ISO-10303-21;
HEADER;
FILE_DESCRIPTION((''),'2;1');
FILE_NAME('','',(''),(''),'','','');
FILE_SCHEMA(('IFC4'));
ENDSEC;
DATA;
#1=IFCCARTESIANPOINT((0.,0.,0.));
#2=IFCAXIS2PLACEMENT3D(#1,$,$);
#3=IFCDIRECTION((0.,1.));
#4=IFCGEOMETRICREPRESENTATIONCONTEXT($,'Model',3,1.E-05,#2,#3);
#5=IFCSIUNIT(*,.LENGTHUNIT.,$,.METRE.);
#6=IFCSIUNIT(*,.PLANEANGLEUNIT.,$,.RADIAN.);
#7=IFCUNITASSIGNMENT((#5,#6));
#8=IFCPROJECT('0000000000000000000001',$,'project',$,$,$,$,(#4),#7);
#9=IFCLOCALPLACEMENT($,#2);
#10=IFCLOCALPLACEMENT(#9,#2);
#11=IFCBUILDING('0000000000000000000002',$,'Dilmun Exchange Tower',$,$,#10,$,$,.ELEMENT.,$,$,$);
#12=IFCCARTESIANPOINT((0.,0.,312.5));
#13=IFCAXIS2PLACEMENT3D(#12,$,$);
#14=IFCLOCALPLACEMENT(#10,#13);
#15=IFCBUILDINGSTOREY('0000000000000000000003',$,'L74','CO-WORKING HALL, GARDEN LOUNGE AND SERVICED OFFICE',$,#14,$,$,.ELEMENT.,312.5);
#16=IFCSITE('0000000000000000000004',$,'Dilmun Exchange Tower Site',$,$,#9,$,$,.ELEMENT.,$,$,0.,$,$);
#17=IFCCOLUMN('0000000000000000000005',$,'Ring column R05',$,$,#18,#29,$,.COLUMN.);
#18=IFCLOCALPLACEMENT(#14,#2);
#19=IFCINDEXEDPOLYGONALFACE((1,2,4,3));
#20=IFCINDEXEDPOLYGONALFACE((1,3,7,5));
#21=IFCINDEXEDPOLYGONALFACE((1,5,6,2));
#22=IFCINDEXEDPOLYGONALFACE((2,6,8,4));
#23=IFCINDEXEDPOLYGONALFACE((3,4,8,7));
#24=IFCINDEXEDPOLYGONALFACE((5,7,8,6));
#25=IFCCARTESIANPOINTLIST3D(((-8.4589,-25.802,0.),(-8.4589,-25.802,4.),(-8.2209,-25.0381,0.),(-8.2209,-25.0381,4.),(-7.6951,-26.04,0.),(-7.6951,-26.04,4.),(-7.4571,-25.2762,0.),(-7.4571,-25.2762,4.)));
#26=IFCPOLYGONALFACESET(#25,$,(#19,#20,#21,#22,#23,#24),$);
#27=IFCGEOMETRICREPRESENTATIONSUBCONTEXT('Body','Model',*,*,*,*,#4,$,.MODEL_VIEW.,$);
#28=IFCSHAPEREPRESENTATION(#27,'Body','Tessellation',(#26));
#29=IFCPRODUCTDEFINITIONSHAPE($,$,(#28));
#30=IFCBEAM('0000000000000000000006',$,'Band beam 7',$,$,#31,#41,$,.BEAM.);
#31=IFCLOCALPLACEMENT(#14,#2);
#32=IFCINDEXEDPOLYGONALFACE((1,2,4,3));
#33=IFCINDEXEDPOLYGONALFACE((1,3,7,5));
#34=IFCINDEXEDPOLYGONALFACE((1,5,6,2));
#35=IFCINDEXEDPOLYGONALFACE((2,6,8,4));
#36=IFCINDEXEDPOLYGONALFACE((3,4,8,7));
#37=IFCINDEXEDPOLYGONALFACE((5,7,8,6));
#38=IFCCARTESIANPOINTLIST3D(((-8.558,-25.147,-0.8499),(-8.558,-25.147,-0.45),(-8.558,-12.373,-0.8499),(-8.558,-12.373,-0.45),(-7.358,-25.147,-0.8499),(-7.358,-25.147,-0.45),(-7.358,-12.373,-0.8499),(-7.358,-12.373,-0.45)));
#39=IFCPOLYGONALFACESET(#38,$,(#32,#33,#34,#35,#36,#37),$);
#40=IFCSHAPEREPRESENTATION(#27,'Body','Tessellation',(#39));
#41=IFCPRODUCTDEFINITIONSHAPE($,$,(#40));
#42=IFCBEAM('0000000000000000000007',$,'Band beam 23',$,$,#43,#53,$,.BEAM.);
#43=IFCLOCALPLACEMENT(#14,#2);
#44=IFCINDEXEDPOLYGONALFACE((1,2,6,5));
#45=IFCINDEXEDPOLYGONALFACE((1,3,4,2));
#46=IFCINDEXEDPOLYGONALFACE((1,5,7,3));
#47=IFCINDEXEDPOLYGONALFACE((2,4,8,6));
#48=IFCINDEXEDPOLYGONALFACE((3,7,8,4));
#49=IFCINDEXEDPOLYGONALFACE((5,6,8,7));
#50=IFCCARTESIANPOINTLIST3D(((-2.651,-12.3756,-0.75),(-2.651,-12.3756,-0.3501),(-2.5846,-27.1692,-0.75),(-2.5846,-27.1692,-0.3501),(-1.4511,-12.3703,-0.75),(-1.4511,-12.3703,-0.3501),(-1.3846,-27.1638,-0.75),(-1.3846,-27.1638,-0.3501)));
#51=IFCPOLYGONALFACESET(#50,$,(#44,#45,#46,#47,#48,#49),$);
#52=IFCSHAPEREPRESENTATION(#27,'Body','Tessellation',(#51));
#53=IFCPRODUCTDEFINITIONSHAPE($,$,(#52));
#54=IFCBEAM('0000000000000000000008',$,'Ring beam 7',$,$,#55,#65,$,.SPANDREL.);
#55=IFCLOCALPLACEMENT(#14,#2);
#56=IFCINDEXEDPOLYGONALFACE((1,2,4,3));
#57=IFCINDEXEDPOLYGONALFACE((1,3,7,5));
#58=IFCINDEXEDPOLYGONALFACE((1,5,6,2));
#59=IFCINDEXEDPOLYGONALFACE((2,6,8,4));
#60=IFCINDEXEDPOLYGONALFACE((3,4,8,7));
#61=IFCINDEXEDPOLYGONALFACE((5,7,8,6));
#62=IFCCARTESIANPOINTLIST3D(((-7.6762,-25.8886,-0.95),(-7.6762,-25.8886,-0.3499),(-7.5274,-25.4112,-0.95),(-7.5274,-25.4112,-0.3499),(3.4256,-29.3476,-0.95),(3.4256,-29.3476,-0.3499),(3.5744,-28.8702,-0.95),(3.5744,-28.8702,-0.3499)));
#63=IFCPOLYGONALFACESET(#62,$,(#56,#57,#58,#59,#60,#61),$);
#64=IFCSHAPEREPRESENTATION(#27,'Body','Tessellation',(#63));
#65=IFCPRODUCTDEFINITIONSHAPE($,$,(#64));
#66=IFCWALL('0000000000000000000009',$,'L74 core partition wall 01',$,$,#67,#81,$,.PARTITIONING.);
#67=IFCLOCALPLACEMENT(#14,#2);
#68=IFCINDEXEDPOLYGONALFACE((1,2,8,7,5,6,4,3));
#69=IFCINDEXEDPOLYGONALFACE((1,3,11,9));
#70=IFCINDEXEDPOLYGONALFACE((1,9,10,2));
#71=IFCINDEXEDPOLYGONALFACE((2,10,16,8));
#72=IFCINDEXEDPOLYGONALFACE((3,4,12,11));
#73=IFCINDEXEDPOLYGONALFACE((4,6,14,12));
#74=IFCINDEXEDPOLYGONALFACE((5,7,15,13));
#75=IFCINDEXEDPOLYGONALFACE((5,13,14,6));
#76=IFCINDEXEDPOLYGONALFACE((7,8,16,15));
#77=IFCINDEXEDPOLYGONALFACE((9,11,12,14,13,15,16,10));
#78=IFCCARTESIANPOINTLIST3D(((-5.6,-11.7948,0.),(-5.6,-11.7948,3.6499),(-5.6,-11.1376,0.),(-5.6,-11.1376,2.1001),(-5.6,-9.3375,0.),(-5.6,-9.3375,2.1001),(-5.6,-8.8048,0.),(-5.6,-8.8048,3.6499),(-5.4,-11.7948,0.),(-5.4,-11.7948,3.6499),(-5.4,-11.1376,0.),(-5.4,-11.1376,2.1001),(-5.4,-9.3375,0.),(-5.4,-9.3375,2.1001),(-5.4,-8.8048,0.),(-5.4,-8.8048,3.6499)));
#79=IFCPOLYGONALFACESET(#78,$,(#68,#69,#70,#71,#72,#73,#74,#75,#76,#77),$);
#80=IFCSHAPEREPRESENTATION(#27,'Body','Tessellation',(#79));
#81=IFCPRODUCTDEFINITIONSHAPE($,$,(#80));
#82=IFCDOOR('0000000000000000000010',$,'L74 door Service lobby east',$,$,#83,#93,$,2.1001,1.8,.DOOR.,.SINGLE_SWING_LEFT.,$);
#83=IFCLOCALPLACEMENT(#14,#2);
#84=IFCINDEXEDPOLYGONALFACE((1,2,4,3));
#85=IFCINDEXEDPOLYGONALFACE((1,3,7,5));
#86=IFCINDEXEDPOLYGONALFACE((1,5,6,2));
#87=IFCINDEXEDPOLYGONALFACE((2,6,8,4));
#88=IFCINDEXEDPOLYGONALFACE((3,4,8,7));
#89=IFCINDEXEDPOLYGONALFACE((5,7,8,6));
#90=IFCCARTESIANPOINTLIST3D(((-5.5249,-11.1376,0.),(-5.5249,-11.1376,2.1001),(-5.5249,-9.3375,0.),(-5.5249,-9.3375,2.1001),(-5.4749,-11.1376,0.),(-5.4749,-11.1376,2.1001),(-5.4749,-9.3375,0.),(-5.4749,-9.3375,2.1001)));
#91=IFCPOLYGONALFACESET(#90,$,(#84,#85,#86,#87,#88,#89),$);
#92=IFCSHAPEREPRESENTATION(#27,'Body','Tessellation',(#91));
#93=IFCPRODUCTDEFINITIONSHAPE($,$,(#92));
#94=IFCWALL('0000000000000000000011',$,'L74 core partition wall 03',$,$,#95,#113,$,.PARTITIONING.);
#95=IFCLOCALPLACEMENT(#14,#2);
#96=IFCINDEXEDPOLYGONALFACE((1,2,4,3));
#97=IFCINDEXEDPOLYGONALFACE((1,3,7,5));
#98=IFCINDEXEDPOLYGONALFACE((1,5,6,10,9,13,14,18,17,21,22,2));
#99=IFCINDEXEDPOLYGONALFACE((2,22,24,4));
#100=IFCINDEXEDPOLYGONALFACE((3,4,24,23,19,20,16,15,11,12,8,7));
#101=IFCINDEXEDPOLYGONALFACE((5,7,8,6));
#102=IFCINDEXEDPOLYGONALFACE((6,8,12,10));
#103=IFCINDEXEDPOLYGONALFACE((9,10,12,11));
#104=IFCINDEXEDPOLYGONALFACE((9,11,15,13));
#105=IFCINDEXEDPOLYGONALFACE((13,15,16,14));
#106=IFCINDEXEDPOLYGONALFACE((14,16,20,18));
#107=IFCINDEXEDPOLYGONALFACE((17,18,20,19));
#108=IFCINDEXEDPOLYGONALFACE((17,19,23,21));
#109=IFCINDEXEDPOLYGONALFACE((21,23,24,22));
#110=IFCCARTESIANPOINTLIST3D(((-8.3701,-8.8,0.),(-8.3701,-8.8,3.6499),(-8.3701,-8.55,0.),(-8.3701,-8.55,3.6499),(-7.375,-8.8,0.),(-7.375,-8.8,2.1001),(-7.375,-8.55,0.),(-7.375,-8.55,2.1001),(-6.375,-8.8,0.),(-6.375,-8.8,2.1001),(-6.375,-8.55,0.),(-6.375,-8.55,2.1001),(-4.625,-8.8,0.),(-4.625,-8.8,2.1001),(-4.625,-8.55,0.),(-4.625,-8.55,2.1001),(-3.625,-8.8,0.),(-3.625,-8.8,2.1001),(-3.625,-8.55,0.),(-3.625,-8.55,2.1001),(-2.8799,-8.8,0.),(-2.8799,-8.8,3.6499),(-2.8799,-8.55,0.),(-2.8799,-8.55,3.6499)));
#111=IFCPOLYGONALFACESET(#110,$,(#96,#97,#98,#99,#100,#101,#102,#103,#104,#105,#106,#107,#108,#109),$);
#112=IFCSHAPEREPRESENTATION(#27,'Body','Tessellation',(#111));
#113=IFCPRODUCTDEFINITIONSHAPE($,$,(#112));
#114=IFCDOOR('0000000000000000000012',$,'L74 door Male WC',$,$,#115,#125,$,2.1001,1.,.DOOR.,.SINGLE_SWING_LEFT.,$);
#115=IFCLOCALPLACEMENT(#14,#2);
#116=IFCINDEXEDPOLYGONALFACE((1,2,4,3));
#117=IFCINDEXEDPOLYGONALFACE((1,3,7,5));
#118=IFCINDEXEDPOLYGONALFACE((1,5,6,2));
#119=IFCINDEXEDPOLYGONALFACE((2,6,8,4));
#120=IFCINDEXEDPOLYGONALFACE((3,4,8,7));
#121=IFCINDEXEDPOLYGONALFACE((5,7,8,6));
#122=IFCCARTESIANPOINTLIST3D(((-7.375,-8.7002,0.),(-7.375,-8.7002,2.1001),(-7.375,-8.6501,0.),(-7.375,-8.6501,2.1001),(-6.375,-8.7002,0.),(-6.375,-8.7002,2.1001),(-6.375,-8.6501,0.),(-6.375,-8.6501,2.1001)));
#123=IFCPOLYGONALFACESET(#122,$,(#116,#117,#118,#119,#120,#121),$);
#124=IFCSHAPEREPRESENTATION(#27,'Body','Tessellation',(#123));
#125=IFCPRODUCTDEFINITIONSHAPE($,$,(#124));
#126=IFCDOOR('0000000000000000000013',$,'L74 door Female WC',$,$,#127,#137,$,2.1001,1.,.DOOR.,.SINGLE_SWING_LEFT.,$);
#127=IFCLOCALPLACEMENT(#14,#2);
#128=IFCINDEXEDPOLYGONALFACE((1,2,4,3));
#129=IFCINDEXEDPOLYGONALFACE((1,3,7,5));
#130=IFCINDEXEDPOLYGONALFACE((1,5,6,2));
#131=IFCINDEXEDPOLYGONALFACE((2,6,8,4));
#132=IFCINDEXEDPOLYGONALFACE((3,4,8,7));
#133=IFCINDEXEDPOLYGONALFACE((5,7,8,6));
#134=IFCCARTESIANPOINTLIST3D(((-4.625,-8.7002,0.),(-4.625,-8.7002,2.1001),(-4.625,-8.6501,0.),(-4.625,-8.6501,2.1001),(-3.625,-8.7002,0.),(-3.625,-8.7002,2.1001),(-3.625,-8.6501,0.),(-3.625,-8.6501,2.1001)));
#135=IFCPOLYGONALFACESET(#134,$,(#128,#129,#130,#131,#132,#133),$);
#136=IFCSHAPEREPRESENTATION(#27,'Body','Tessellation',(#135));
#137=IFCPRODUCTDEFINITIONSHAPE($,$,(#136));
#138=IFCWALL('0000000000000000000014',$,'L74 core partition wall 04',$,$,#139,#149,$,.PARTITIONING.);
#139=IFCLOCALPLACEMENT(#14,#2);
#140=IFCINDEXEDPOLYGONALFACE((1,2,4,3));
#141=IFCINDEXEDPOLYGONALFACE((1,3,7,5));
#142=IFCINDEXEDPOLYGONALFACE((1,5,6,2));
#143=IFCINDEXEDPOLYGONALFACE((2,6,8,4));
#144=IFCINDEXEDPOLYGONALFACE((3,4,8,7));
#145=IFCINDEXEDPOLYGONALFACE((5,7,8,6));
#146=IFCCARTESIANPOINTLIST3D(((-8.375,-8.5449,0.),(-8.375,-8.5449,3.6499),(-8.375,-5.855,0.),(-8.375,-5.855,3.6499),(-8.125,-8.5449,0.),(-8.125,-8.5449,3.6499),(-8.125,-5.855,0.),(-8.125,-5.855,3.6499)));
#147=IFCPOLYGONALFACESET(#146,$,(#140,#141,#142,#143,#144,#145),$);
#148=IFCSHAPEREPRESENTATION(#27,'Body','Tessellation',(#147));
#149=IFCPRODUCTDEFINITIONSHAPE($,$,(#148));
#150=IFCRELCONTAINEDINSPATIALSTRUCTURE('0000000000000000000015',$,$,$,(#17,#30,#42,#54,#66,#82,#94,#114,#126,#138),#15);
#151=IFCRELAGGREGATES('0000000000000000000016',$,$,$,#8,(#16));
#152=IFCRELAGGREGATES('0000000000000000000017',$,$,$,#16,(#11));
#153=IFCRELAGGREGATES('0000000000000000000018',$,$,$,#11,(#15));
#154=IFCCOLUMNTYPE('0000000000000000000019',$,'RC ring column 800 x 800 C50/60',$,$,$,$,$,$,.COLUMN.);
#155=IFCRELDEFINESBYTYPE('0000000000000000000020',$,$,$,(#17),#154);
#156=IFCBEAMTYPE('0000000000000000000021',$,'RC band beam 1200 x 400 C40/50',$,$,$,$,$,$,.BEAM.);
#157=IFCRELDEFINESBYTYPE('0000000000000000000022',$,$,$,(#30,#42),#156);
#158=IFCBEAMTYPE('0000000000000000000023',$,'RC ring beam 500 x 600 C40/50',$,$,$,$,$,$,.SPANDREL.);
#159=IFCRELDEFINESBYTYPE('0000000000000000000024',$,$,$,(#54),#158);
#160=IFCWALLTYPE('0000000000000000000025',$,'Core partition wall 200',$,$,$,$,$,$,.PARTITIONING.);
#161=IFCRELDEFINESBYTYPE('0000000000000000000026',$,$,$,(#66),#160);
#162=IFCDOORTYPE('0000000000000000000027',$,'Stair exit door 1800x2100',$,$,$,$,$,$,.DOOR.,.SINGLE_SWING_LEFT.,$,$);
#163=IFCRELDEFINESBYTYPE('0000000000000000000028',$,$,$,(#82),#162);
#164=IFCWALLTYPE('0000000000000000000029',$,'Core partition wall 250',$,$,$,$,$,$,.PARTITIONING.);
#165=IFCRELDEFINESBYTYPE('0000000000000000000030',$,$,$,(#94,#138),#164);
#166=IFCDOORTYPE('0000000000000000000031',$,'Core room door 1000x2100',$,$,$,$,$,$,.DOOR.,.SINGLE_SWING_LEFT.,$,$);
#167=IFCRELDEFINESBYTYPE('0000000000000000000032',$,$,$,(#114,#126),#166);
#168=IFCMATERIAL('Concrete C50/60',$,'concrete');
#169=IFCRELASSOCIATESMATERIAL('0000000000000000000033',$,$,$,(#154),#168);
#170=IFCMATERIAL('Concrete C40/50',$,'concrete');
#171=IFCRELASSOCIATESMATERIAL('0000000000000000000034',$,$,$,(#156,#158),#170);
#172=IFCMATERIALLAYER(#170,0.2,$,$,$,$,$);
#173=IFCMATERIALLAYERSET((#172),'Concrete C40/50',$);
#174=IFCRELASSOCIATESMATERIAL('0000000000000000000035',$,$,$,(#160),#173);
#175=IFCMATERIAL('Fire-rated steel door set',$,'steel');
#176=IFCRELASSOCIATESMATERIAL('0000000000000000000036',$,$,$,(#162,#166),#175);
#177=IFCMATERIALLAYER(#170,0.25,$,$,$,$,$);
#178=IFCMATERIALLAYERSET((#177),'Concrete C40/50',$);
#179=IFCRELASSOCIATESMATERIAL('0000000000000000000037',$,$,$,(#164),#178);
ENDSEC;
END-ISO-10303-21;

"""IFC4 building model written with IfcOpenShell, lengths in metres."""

from ifc_helpers import new_model, si_unit, direction, frame, frame_2d, origin, origin_2d, place, context, subcontext, project, spatial, rectangle, extrude, material, layer, layer_set, material_profile, profile_set, type_object, element, fill, save


model = new_model("IFC4")

# Units and contexts
model_context = context("Model", 3, precision=1e-05, world=origin(), true_north=direction((0.0, 1.0)))
body_context = subcontext(model_context, "Body", "Model", "MODEL_VIEW")
ifc_project = project(units=[si_unit("LENGTHUNIT", "METRE"), si_unit("PLANEANGLEUNIT", "RADIAN")], contexts=[model_context])

# Site, building, storey
site_placement = place(None, origin())
site = spatial("IfcSite", under=ifc_project, at=site_placement, Name="Dilmun Exchange Tower Site", CompositionType="ELEMENT", RefElevation=0.0)
building_placement = place(site_placement, origin())
building = spatial("IfcBuilding", under=site, at=building_placement, Name="Dilmun Exchange Tower", CompositionType="ELEMENT")
storey_placement = place(building_placement, frame((0.0, 0.0, 312.5)))
storey = spatial("IfcBuildingStorey", under=building, at=storey_placement, Name="L74", Description="CO-WORKING HALL, GARDEN LOUNGE AND SERVICED OFFICE", CompositionType="ELEMENT", Elevation=312.5)

# Column
ifc_material_1 = material(Name="Concrete C50/60", Category="concrete")
ifc_material_profile_1 = material_profile(ifc_material_1, rectangle(XDim=0.8, YDim=0.8, at=origin_2d()), Name="800 x 800")
ifc_profile_set_1 = profile_set([ifc_material_profile_1], Name="Concrete C50/60")
column_type = type_object("IfcColumnType", Name="RC ring column 800 x 800 C50/60", PredefinedType="COLUMN", material=ifc_profile_set_1)
column_placement = place(storey_placement, frame((-7.958, -25.5391, 0.0), z_axis=(0.0, 0.0, 1.0), x_axis=(0.297503, 0.954721, 0.0)))
element("IfcColumn", 1, at=column_placement, inside=storey, type_object=column_type, Name="Ring column R05", PredefinedType="COLUMN", context=body_context, shape_type="SweptSolid", body=[
    extrude(rectangle(XDim=0.8, YDim=0.8, at=origin_2d()), origin(), (0.0, 0.0, 1.0), 4.0),
])

# Beams
ifc_material_2 = material(Name="Concrete C40/50", Category="concrete")
ifc_material_profile_2 = material_profile(ifc_material_2, rectangle(XDim=1.2, YDim=0.3999, at=origin_2d()), Name="1200 x 400")
ifc_profile_set_2 = profile_set([ifc_material_profile_2], Name="Concrete C40/50")
beam_type_1 = type_object("IfcBeamType", Name="RC band beam 1200 x 400 C40/50", PredefinedType="BEAM", material=ifc_profile_set_2)
beam_1_placement = place(storey_placement, frame((-7.958, -25.147, -0.6499), z_axis=(0.0, 1.0, 0.0), x_axis=(-1.0, 0.0, 0.0)))
element("IfcBeam", 2, at=beam_1_placement, inside=storey, type_object=beam_type_1, Name="Band beam 7", PredefinedType="BEAM", context=body_context, shape_type="SweptSolid", body=[
    extrude(rectangle(XDim=1.2, YDim=0.3999, at=origin_2d()), origin(), (0.0, 0.0, 1.0), 12.7739),
])
beam_2_placement = place(storey_placement, frame((-1.9846, -27.1665, -0.55), z_axis=(-0.004489, 0.99999, 0.0), x_axis=(-0.99999, -0.004489, 0.0)))
element("IfcBeam", 3, at=beam_2_placement, inside=storey, type_object=beam_type_1, Name="Band beam 23", PredefinedType="BEAM", context=body_context, shape_type="SweptSolid", body=[
    extrude(rectangle(XDim=1.2, YDim=0.3999, at=origin_2d()), origin(), (0.0, 0.0, 1.0), 14.7937),
])
ifc_material_profile_3 = material_profile(ifc_material_2, rectangle(XDim=0.5, YDim=0.6001, at=origin_2d()), Name="500 x 600")
ifc_profile_set_3 = profile_set([ifc_material_profile_3], Name="Concrete C40/50")
beam_type_2 = type_object("IfcBeamType", Name="RC ring beam 500 x 600 C40/50", PredefinedType="SPANDREL", material=ifc_profile_set_3)
beam_3_placement = place(storey_placement, frame((-7.6018, -25.6499, -0.6499), z_axis=(0.954733, -0.297466, 0.0), x_axis=(0.297466, 0.954733, 0.0)))
element("IfcBeam", 4, at=beam_3_placement, inside=storey, type_object=beam_type_2, Name="Ring beam 7", PredefinedType="SPANDREL", context=body_context, shape_type="SweptSolid", body=[
    extrude(rectangle(XDim=0.5, YDim=0.6001, at=origin_2d()), origin(), (0.0, 0.0, 1.0), 11.6282),
])

# Wall, opening, door
ifc_layer_1 = layer(ifc_material_2, 0.2)
ifc_layer_set_1 = layer_set([ifc_layer_1], Name="Concrete C40/50")
wall_type_1 = type_object("IfcWallType", Name="Core partition wall 200", PredefinedType="PARTITIONING", material=ifc_layer_set_1)
wall_1_placement = place(storey_placement, frame((-5.5, -11.7949, 0.0), z_axis=(0.0, 0.0, 1.0), x_axis=(0.0, 1.0, 0.0)))
wall_1 = element("IfcWall", 5, at=wall_1_placement, inside=storey, type_object=wall_type_1, Name="L74 core partition wall 01", PredefinedType="PARTITIONING", context=body_context, shape_type="SweptSolid", body=[
    extrude(rectangle(XDim=2.99, YDim=0.2, at=frame_2d((1.4951, 0.0))), origin(), (0.0, 0.0, 1.0), 3.6499),
])
opening_1_placement = place(wall_1_placement, frame((0.6575, 0.0, 0.0)))
opening_1 = element("IfcOpeningElement", 6, at=opening_1_placement, cuts=wall_1, PredefinedType="OPENING", context=body_context, shape_type="SweptSolid", body=[
    extrude(rectangle(XDim=1.8, YDim=2.1001, at=frame_2d((0.8999, 1.05))), frame((0.0, 0.1099, 0.0), z_axis=(0.0, -1.0, 0.0), x_axis=(1.0, 0.0, 0.0)), (0.0, 0.0, 1.0), 0.22),
])
ifc_material_3 = material(Name="Fire-rated steel door set", Category="steel")
door_type_1 = type_object("IfcDoorType", Name="Stair exit door 1800x2100", OperationType="SINGLE_SWING_LEFT", PredefinedType="DOOR", material=ifc_material_3)
door_1_placement = place(opening_1_placement, origin())
door_1 = element("IfcDoor", 7, at=door_1_placement, inside=storey, type_object=door_type_1, Name="L74 door Service lobby east", OperationType="SINGLE_SWING_LEFT", OverallHeight=2.1001, OverallWidth=1.8, PredefinedType="DOOR", context=body_context, shape_type="SweptSolid", body=[
    extrude(rectangle(XDim=1.8, YDim=2.1001, at=frame_2d((0.8999, 1.05))), frame((0.0, 0.0249, 0.0), z_axis=(0.0, -1.0, 0.0), x_axis=(1.0, 0.0, 0.0)), (0.0, 0.0, 1.0), 0.05),
])
fill(opening_1, door_1)

# Wall, openings, doors
ifc_layer_2 = layer(ifc_material_2, 0.25)
ifc_layer_set_2 = layer_set([ifc_layer_2], Name="Concrete C40/50")
wall_type_2 = type_object("IfcWallType", Name="Core partition wall 250", PredefinedType="PARTITIONING", material=ifc_layer_set_2)
wall_2_placement = place(storey_placement, frame((-8.3701, -8.675, 0.0), z_axis=(0.0, 0.0, 1.0), x_axis=(1.0, 0.0, 0.0)))
wall_2 = element("IfcWall", 8, at=wall_2_placement, inside=storey, type_object=wall_type_2, Name="L74 core partition wall 03", PredefinedType="PARTITIONING", context=body_context, shape_type="SweptSolid", body=[
    extrude(rectangle(XDim=5.4902, YDim=0.25, at=frame_2d((2.7451, 0.0))), origin(), (0.0, 0.0, 1.0), 3.6499),
])
opening_2_placement = place(wall_2_placement, frame((0.9951, 0.0, 0.0)))
opening_2 = element("IfcOpeningElement", 9, at=opening_2_placement, cuts=wall_2, PredefinedType="OPENING", context=body_context, shape_type="SweptSolid", body=[
    extrude(rectangle(XDim=1.0, YDim=2.1001, at=frame_2d((0.5, 1.05))), frame((0.0, 0.135, 0.0), z_axis=(0.0, -1.0, 0.0), x_axis=(1.0, 0.0, 0.0)), (0.0, 0.0, 1.0), 0.27),
])
opening_3_placement = place(wall_2_placement, frame((3.7451, 0.0, 0.0)))
opening_3 = element("IfcOpeningElement", 10, at=opening_3_placement, cuts=wall_2, PredefinedType="OPENING", context=body_context, shape_type="SweptSolid", body=[
    extrude(rectangle(XDim=1.0, YDim=2.1001, at=frame_2d((0.5, 1.05))), frame((0.0, 0.135, 0.0), z_axis=(0.0, -1.0, 0.0), x_axis=(1.0, 0.0, 0.0)), (0.0, 0.0, 1.0), 0.27),
])
door_type_2 = type_object("IfcDoorType", Name="Core room door 1000x2100", OperationType="SINGLE_SWING_LEFT", PredefinedType="DOOR", material=ifc_material_3)
door_2_placement = place(opening_2_placement, origin())
door_2 = element("IfcDoor", 11, at=door_2_placement, inside=storey, type_object=door_type_2, Name="L74 door Male WC", OperationType="SINGLE_SWING_LEFT", OverallHeight=2.1001, OverallWidth=1.0, PredefinedType="DOOR", context=body_context, shape_type="SweptSolid", body=[
    extrude(rectangle(XDim=1.0, YDim=2.1001, at=frame_2d((0.5, 1.05))), frame((0.0, 0.0249, 0.0), z_axis=(0.0, -1.0, 0.0), x_axis=(1.0, 0.0, 0.0)), (0.0, 0.0, 1.0), 0.05),
])
fill(opening_2, door_2)
door_3_placement = place(opening_3_placement, origin())
door_3 = element("IfcDoor", 12, at=door_3_placement, inside=storey, type_object=door_type_2, Name="L74 door Female WC", OperationType="SINGLE_SWING_LEFT", OverallHeight=2.1001, OverallWidth=1.0, PredefinedType="DOOR", context=body_context, shape_type="SweptSolid", body=[
    extrude(rectangle(XDim=1.0, YDim=2.1001, at=frame_2d((0.5, 1.05))), frame((0.0, 0.0249, 0.0), z_axis=(0.0, -1.0, 0.0), x_axis=(1.0, 0.0, 0.0)), (0.0, 0.0, 1.0), 0.05),
])
fill(opening_3, door_3)

# Wall
wall_3_placement = place(storey_placement, frame((-8.25, -8.5449, 0.0), z_axis=(0.0, 0.0, 1.0), x_axis=(0.0, 1.0, 0.0)))
element("IfcWall", 13, at=wall_3_placement, inside=storey, type_object=wall_type_2, Name="L74 core partition wall 04", PredefinedType="PARTITIONING", context=body_context, shape_type="SweptSolid", body=[
    extrude(rectangle(XDim=2.6899, YDim=0.25, at=frame_2d((1.345, 0.0))), origin(), (0.0, 0.0, 1.0), 3.6499),
])

save(model, "model.ifc")
